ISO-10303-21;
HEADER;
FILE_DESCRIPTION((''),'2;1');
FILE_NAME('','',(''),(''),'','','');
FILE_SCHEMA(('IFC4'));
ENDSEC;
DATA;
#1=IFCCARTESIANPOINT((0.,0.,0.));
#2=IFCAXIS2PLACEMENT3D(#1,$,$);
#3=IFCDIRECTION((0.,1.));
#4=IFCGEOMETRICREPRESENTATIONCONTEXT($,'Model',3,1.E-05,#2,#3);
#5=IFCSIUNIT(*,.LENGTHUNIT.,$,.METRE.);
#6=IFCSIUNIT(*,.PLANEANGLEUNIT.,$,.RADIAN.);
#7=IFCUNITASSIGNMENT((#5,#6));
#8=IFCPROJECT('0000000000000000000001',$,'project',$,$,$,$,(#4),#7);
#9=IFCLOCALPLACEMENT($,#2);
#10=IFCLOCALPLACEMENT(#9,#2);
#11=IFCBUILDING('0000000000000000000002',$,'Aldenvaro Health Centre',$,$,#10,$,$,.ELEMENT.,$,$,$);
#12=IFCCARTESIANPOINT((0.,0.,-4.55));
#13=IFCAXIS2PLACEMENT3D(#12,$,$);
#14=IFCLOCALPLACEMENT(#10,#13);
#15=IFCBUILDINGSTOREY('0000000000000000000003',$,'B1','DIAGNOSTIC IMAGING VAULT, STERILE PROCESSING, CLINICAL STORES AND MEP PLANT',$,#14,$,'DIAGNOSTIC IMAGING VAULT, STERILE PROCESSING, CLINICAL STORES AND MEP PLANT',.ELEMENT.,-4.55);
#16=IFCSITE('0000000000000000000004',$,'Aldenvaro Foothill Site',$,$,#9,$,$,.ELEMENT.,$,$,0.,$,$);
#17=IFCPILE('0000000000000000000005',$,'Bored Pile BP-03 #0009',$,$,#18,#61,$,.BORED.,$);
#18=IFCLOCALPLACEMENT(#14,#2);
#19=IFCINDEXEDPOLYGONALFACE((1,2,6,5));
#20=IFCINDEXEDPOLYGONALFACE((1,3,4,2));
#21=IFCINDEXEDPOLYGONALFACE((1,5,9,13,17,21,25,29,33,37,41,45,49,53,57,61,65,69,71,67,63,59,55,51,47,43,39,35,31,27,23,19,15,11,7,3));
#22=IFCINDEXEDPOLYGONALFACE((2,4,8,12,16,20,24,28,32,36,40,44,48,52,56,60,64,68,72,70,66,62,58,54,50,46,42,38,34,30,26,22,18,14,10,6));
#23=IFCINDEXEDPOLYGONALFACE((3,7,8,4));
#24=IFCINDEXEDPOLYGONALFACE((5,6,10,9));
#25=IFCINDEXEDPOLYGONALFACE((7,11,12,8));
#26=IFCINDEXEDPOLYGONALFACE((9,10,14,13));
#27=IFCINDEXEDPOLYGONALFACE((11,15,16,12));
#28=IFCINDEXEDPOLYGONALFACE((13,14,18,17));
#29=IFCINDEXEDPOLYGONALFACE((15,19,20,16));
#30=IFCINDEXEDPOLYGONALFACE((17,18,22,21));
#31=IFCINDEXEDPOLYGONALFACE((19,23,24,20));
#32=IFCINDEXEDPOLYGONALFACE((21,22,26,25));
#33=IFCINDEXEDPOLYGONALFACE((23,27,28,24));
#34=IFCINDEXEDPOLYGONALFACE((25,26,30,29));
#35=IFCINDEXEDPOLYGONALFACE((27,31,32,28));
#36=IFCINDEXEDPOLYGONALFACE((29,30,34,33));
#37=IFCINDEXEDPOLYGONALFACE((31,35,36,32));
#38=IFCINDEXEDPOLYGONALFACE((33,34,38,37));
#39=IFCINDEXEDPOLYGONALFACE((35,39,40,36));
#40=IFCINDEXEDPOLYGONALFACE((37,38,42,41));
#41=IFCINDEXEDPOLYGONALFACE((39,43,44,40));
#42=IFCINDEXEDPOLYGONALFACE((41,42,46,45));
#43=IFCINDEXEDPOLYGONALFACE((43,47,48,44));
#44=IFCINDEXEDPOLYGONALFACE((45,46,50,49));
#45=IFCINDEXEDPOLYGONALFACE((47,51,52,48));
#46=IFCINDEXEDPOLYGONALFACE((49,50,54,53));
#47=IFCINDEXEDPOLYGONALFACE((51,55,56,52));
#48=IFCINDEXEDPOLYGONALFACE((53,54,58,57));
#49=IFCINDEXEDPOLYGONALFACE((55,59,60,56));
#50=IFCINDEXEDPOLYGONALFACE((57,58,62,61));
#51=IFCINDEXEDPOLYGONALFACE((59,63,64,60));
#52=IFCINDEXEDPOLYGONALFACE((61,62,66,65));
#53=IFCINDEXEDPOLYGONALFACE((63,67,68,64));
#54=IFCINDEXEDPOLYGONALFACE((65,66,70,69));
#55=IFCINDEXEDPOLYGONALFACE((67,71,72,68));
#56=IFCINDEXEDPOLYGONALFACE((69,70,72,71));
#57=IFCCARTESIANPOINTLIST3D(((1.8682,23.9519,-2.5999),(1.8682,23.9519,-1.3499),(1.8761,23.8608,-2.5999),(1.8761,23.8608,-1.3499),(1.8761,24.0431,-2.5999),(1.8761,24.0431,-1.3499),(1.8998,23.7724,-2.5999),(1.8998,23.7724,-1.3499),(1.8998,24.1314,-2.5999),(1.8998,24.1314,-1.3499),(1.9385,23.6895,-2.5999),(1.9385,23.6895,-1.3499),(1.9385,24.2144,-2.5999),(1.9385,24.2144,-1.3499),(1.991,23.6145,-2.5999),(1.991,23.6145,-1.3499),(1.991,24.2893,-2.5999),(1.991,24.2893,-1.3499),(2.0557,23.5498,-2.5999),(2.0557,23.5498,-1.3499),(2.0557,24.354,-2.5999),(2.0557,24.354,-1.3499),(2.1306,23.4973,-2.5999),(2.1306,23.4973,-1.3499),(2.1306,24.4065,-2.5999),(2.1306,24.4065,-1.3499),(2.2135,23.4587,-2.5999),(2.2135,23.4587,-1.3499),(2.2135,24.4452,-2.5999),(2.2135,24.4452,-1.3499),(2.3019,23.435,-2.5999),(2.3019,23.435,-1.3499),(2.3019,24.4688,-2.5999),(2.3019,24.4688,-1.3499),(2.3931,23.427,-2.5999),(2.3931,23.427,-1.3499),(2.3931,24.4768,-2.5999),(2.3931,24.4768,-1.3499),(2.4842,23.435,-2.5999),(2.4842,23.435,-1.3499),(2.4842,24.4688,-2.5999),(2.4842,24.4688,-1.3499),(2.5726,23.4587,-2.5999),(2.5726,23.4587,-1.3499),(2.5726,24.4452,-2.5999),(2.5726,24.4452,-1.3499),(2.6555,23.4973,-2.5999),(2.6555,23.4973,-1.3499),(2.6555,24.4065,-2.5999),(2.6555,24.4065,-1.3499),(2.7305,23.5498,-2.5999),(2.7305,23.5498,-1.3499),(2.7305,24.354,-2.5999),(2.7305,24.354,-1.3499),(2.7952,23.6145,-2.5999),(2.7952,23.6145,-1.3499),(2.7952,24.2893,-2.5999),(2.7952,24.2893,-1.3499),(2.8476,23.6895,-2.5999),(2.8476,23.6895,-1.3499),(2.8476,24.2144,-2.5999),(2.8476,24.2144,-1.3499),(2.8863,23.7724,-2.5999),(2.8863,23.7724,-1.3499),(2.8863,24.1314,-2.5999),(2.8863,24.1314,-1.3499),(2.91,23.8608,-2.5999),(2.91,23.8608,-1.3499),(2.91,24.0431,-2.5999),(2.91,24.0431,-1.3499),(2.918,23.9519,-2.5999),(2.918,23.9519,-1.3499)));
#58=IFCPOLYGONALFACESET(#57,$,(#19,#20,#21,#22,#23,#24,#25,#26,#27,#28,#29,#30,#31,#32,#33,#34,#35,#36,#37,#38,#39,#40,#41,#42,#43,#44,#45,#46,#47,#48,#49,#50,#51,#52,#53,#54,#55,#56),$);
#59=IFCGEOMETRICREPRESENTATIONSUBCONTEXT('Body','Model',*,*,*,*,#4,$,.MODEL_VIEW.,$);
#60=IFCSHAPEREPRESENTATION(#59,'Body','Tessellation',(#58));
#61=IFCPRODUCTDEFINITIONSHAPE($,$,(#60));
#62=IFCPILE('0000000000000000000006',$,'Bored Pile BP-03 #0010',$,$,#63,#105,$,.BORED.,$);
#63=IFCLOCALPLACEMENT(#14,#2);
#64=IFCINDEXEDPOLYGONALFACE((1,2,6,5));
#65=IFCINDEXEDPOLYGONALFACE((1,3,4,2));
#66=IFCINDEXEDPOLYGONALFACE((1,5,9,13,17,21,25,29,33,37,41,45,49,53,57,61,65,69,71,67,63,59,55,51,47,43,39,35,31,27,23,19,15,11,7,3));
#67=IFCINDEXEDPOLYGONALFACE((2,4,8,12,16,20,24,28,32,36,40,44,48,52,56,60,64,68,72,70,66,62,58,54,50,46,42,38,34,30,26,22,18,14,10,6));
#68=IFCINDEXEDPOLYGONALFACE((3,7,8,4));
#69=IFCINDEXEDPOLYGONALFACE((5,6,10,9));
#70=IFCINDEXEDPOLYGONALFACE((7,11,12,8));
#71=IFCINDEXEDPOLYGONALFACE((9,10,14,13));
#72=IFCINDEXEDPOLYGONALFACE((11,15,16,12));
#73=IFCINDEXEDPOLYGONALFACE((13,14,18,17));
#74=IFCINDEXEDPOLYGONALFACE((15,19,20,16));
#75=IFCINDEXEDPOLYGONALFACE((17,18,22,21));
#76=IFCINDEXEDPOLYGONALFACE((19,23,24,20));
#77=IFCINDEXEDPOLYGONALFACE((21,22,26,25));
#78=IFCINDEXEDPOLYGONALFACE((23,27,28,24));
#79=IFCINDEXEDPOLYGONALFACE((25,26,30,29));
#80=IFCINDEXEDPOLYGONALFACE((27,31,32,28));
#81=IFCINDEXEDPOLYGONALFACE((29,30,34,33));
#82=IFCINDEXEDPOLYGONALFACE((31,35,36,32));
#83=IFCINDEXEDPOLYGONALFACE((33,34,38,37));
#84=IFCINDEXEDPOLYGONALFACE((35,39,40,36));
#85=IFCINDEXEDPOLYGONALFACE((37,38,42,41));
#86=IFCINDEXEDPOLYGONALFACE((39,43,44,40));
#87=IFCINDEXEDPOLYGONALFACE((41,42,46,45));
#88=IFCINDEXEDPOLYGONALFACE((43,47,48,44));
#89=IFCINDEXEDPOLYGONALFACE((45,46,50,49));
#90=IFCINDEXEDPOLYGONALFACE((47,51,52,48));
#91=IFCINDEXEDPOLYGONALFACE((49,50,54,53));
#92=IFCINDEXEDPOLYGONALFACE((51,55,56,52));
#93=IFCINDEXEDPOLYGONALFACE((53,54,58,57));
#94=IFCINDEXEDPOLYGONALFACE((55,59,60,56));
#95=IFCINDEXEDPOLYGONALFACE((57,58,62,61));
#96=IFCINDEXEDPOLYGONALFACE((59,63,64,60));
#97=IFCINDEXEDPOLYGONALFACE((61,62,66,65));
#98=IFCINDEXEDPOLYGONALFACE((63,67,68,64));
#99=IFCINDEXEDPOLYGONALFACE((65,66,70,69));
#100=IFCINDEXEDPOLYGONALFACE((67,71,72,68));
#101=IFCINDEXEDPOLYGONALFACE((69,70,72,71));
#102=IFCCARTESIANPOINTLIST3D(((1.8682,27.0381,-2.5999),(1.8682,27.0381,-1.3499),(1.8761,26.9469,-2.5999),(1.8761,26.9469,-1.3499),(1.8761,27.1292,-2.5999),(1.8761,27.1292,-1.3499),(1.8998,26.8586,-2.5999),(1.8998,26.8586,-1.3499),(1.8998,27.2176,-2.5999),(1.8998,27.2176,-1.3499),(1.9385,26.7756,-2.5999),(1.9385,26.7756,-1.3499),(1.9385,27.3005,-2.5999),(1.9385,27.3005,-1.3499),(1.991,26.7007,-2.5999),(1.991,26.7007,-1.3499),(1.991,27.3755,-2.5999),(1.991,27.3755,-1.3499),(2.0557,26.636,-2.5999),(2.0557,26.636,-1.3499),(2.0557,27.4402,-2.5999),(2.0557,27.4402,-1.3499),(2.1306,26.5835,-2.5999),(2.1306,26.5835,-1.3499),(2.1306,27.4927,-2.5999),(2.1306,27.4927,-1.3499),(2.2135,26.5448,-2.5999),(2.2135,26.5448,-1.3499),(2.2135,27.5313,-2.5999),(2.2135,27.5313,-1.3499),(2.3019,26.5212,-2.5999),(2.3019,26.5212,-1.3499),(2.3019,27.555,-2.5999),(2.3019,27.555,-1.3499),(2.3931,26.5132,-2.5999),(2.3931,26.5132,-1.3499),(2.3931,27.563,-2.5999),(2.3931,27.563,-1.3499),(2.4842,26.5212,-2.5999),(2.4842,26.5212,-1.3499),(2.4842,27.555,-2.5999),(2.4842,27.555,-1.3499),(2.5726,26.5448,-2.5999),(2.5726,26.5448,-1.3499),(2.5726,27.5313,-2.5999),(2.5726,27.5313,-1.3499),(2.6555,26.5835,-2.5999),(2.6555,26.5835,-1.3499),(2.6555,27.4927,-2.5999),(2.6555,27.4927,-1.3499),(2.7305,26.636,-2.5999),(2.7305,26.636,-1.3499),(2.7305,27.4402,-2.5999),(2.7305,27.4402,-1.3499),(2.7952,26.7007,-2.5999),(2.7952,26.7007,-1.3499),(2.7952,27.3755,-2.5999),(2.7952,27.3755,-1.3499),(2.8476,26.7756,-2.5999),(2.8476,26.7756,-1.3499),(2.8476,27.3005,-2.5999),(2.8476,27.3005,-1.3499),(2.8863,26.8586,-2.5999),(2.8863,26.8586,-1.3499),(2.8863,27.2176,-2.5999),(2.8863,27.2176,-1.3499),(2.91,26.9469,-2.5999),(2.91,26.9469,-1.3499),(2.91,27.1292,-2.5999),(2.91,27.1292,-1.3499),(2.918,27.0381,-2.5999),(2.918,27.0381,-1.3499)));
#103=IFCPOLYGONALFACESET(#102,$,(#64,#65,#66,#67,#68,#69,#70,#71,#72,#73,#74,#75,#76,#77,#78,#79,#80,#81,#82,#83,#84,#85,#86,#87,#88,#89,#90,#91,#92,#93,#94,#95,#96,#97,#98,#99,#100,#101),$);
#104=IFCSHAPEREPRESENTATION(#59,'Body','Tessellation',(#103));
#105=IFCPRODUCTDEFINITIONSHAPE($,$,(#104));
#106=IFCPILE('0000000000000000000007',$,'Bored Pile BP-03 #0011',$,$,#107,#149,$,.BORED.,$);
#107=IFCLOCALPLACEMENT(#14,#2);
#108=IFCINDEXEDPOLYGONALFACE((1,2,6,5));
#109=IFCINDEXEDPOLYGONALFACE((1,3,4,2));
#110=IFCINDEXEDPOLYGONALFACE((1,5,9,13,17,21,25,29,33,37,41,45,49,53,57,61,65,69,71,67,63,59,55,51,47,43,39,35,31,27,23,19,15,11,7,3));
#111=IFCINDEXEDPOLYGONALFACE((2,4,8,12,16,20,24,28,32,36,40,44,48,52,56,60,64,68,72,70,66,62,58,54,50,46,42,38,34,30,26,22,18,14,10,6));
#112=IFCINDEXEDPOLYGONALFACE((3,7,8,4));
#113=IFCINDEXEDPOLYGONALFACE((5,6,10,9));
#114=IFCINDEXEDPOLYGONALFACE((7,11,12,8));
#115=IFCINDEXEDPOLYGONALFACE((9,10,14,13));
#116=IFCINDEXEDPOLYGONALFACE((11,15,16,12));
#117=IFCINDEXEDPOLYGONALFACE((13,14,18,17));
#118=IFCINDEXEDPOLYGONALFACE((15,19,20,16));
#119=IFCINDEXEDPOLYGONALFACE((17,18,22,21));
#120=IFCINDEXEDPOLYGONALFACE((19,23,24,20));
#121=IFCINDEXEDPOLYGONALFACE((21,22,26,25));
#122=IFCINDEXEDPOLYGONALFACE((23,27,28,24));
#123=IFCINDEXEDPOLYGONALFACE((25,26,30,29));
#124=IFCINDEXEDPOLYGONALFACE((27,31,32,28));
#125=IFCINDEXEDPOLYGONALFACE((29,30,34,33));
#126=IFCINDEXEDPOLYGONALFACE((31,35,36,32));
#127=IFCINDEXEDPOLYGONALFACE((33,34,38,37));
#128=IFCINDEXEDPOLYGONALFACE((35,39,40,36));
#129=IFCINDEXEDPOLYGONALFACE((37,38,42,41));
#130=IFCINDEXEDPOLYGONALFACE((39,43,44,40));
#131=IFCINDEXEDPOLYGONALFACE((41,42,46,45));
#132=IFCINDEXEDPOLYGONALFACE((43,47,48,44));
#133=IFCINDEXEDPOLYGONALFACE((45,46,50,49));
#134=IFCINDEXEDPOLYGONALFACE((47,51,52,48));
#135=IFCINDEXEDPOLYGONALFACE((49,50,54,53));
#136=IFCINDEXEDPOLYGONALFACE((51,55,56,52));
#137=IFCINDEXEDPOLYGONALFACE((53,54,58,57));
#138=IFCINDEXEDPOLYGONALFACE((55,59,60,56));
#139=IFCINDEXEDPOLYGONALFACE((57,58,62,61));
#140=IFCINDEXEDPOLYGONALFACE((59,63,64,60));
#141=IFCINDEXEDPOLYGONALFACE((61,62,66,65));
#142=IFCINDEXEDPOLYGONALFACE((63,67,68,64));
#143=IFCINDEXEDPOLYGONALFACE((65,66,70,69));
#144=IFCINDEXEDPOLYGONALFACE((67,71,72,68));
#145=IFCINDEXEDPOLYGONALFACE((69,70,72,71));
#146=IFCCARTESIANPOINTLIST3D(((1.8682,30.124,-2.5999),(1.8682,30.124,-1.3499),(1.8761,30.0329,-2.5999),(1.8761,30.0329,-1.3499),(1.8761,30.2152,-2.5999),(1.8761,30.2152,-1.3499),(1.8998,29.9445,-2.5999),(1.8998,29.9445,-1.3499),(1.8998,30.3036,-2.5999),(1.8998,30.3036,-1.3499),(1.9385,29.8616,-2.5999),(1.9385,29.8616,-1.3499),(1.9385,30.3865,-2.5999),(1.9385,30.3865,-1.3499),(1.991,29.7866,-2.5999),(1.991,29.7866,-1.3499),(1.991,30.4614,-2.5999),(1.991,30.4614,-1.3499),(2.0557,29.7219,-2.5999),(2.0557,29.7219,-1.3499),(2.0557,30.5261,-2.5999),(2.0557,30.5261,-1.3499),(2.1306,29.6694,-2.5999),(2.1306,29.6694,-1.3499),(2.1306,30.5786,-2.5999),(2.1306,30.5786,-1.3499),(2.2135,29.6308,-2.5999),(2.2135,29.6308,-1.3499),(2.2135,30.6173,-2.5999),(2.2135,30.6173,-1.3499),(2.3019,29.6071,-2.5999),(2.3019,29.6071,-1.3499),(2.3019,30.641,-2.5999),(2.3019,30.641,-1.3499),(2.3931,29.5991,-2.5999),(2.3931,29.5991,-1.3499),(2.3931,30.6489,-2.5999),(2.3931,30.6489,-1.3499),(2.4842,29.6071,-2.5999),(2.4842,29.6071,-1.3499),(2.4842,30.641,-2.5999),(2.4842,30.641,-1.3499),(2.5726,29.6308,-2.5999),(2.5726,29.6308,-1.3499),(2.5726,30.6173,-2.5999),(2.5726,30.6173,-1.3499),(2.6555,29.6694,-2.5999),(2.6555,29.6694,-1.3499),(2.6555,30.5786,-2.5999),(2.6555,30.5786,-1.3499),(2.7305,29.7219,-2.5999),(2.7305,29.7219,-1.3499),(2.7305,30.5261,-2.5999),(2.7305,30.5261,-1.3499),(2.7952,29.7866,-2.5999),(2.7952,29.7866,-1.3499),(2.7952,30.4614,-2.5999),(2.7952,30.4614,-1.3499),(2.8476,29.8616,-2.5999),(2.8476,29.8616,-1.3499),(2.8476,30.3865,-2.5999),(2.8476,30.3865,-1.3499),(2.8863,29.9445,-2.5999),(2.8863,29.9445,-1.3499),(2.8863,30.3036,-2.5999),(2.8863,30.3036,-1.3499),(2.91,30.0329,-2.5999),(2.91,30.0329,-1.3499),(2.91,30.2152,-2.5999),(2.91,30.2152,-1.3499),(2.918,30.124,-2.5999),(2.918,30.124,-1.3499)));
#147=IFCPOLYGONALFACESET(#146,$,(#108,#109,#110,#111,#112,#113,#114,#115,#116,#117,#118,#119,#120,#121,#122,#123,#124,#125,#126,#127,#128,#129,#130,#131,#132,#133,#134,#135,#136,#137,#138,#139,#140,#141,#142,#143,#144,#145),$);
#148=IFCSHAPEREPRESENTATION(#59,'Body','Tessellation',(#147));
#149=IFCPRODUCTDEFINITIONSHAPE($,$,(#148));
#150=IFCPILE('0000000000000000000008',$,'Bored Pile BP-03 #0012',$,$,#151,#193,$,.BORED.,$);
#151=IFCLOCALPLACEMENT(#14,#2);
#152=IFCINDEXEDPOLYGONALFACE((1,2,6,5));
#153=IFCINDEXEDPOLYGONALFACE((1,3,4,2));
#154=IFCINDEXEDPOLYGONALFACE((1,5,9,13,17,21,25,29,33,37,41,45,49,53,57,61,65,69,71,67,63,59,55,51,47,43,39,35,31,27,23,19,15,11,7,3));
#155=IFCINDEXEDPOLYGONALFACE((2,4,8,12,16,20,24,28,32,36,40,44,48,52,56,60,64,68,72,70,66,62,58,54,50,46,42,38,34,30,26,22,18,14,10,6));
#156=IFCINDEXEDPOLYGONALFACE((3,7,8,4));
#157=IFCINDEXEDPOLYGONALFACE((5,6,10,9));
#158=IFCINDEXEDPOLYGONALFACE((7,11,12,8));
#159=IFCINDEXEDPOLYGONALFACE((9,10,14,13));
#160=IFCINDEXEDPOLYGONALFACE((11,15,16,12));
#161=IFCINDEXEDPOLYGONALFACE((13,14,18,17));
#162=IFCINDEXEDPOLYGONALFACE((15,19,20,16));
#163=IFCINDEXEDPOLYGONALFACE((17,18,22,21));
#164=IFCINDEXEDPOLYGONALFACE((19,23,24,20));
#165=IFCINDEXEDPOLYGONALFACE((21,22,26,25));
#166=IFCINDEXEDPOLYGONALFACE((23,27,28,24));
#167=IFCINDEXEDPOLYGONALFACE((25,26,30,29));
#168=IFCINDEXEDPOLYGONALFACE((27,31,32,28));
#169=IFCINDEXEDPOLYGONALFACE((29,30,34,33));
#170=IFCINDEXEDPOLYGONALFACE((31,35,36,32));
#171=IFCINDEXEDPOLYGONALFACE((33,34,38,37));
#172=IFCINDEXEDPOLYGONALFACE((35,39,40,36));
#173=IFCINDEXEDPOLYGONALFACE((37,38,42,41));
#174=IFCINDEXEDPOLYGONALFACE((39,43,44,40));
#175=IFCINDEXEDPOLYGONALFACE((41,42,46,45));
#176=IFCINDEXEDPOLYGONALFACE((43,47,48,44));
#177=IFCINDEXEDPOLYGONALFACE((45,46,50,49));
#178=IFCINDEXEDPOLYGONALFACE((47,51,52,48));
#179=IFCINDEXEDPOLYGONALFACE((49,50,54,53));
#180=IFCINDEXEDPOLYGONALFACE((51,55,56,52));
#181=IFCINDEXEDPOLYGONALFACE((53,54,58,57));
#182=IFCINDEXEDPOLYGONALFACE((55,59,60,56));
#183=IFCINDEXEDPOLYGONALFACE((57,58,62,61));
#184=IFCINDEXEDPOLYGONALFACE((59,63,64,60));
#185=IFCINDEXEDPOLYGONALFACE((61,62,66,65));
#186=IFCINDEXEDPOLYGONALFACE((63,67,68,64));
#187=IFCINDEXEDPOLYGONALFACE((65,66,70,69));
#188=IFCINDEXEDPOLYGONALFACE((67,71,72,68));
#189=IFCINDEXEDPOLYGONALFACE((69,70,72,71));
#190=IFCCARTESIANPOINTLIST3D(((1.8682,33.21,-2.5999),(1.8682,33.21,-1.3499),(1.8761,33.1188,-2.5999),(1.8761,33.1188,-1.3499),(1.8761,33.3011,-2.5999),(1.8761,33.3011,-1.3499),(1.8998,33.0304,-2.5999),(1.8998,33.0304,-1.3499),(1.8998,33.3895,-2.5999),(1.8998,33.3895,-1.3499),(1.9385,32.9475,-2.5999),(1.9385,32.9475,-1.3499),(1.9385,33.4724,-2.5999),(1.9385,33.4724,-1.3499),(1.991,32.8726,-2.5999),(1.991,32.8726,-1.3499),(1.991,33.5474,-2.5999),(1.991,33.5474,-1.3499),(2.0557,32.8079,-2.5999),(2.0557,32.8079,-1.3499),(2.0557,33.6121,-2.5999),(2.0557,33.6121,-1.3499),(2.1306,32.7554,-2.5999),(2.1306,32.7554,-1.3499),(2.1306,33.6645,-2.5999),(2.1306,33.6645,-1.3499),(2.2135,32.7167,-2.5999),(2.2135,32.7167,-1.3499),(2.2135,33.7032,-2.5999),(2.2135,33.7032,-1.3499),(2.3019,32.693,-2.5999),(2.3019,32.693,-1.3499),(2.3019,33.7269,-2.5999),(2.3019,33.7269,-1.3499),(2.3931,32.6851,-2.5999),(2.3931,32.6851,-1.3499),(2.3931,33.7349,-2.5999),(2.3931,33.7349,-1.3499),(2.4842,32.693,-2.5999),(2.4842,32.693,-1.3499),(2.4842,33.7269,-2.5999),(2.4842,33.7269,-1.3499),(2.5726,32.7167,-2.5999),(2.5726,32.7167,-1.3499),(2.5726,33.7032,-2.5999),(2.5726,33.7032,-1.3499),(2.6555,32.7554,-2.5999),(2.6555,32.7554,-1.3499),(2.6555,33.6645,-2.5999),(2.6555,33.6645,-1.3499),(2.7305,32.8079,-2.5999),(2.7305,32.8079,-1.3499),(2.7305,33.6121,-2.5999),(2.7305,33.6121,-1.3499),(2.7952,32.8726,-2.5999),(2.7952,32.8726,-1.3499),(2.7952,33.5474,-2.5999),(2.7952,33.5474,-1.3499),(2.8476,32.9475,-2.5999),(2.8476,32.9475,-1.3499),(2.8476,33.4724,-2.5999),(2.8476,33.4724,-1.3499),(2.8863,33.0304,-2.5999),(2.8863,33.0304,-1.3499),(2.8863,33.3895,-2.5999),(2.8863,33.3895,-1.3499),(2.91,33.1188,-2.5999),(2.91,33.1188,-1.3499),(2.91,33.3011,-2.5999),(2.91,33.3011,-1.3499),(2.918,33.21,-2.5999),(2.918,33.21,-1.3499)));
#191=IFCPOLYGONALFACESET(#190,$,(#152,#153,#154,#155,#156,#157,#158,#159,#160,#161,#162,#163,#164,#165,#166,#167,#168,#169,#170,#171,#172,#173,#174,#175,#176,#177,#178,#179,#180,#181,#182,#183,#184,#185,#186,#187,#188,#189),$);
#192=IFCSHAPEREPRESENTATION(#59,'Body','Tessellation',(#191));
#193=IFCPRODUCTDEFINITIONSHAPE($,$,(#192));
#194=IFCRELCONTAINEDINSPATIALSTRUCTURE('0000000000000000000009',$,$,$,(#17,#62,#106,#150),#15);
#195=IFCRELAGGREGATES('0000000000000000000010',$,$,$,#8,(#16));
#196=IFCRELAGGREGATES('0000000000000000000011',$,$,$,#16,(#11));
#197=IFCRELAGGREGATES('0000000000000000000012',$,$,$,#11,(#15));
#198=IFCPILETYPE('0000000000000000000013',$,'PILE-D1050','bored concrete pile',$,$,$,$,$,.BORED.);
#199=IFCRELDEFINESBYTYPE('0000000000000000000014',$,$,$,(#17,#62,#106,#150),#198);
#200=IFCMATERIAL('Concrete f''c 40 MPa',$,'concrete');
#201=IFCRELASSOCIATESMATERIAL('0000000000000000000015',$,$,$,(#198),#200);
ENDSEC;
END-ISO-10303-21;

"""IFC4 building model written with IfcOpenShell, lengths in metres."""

from ifc_helpers import new_model, si_unit, direction, frame, origin, origin_2d, place, context, subcontext, project, spatial, circle, extrude, material, material_profile, profile_set, type_object, element, save


model = new_model("IFC4")

# Units and contexts
model_context = context("Model", 3, precision=1e-05, world=origin(), true_north=direction((0.0, 1.0)))
body_context = subcontext(model_context, "Body", "Model", "MODEL_VIEW")
ifc_project = project(units=[si_unit("LENGTHUNIT", "METRE"), si_unit("PLANEANGLEUNIT", "RADIAN")], contexts=[model_context])

# Site, building, storey
site_placement = place(None, origin())
site = spatial("IfcSite", under=ifc_project, at=site_placement, Name="Aldenvaro Foothill Site", CompositionType="ELEMENT", RefElevation=0.0)
building_placement = place(site_placement, origin())
building = spatial("IfcBuilding", under=site, at=building_placement, Name="Aldenvaro Health Centre", CompositionType="ELEMENT")
storey_placement = place(building_placement, frame((0.0, 0.0, -4.55)))
storey = spatial("IfcBuildingStorey", under=building, at=storey_placement, Name="B1", Description="DIAGNOSTIC IMAGING VAULT, STERILE PROCESSING, CLINICAL STORES AND MEP PLANT", LongName="DIAGNOSTIC IMAGING VAULT, STERILE PROCESSING, CLINICAL STORES AND MEP PLANT", CompositionType="ELEMENT", Elevation=-4.55)

# Piles
ifc_material_1 = material(Name="Concrete f'c 40 MPa", Category="concrete")
ifc_material_profile_1 = material_profile(ifc_material_1, circle(Radius=0.5249, at=origin_2d()), Name="PILE D1050", Category="concrete")
ifc_profile_set_1 = profile_set([ifc_material_profile_1], Name="Concrete f'c 40 MPa")
pile_type = type_object("IfcPileType", Name="PILE-D1050", Description="bored concrete pile", PredefinedType="BORED", material=ifc_profile_set_1)
for number, where, z_axis, x_axis, name in (
    (1, (2.3931, 23.9519, -1.3499), (0.0, 0.0, -1.0), (1.0, 0.0, 0.0), "Bored Pile BP-03 #0009"),
    (2, (2.3931, 27.0381, -1.3499), (0.0, 0.0, -1.0), (1.0, 0.0, 0.0), "Bored Pile BP-03 #0010"),
    (3, (2.3931, 30.124, -1.3499), (0.0, 0.0, -1.0), (1.0, 0.0, 0.0), "Bored Pile BP-03 #0011"),
    (4, (2.3931, 33.21, -1.3499), (0.0, 0.0, -1.0), (1.0, 0.0, 0.0), "Bored Pile BP-03 #0012"),
):
    element("IfcPile", number, at=place(storey_placement, frame(where, z_axis=z_axis, x_axis=x_axis)), inside=storey, type_object=pile_type, Name=name, PredefinedType="BORED", context=body_context, shape_type="SweptSolid", body=[
        extrude(circle(Radius=0.5249, at=origin_2d()), origin(), (0.0, 0.0, 1.0), 1.25),
    ])

save(model, "model.ifc")
